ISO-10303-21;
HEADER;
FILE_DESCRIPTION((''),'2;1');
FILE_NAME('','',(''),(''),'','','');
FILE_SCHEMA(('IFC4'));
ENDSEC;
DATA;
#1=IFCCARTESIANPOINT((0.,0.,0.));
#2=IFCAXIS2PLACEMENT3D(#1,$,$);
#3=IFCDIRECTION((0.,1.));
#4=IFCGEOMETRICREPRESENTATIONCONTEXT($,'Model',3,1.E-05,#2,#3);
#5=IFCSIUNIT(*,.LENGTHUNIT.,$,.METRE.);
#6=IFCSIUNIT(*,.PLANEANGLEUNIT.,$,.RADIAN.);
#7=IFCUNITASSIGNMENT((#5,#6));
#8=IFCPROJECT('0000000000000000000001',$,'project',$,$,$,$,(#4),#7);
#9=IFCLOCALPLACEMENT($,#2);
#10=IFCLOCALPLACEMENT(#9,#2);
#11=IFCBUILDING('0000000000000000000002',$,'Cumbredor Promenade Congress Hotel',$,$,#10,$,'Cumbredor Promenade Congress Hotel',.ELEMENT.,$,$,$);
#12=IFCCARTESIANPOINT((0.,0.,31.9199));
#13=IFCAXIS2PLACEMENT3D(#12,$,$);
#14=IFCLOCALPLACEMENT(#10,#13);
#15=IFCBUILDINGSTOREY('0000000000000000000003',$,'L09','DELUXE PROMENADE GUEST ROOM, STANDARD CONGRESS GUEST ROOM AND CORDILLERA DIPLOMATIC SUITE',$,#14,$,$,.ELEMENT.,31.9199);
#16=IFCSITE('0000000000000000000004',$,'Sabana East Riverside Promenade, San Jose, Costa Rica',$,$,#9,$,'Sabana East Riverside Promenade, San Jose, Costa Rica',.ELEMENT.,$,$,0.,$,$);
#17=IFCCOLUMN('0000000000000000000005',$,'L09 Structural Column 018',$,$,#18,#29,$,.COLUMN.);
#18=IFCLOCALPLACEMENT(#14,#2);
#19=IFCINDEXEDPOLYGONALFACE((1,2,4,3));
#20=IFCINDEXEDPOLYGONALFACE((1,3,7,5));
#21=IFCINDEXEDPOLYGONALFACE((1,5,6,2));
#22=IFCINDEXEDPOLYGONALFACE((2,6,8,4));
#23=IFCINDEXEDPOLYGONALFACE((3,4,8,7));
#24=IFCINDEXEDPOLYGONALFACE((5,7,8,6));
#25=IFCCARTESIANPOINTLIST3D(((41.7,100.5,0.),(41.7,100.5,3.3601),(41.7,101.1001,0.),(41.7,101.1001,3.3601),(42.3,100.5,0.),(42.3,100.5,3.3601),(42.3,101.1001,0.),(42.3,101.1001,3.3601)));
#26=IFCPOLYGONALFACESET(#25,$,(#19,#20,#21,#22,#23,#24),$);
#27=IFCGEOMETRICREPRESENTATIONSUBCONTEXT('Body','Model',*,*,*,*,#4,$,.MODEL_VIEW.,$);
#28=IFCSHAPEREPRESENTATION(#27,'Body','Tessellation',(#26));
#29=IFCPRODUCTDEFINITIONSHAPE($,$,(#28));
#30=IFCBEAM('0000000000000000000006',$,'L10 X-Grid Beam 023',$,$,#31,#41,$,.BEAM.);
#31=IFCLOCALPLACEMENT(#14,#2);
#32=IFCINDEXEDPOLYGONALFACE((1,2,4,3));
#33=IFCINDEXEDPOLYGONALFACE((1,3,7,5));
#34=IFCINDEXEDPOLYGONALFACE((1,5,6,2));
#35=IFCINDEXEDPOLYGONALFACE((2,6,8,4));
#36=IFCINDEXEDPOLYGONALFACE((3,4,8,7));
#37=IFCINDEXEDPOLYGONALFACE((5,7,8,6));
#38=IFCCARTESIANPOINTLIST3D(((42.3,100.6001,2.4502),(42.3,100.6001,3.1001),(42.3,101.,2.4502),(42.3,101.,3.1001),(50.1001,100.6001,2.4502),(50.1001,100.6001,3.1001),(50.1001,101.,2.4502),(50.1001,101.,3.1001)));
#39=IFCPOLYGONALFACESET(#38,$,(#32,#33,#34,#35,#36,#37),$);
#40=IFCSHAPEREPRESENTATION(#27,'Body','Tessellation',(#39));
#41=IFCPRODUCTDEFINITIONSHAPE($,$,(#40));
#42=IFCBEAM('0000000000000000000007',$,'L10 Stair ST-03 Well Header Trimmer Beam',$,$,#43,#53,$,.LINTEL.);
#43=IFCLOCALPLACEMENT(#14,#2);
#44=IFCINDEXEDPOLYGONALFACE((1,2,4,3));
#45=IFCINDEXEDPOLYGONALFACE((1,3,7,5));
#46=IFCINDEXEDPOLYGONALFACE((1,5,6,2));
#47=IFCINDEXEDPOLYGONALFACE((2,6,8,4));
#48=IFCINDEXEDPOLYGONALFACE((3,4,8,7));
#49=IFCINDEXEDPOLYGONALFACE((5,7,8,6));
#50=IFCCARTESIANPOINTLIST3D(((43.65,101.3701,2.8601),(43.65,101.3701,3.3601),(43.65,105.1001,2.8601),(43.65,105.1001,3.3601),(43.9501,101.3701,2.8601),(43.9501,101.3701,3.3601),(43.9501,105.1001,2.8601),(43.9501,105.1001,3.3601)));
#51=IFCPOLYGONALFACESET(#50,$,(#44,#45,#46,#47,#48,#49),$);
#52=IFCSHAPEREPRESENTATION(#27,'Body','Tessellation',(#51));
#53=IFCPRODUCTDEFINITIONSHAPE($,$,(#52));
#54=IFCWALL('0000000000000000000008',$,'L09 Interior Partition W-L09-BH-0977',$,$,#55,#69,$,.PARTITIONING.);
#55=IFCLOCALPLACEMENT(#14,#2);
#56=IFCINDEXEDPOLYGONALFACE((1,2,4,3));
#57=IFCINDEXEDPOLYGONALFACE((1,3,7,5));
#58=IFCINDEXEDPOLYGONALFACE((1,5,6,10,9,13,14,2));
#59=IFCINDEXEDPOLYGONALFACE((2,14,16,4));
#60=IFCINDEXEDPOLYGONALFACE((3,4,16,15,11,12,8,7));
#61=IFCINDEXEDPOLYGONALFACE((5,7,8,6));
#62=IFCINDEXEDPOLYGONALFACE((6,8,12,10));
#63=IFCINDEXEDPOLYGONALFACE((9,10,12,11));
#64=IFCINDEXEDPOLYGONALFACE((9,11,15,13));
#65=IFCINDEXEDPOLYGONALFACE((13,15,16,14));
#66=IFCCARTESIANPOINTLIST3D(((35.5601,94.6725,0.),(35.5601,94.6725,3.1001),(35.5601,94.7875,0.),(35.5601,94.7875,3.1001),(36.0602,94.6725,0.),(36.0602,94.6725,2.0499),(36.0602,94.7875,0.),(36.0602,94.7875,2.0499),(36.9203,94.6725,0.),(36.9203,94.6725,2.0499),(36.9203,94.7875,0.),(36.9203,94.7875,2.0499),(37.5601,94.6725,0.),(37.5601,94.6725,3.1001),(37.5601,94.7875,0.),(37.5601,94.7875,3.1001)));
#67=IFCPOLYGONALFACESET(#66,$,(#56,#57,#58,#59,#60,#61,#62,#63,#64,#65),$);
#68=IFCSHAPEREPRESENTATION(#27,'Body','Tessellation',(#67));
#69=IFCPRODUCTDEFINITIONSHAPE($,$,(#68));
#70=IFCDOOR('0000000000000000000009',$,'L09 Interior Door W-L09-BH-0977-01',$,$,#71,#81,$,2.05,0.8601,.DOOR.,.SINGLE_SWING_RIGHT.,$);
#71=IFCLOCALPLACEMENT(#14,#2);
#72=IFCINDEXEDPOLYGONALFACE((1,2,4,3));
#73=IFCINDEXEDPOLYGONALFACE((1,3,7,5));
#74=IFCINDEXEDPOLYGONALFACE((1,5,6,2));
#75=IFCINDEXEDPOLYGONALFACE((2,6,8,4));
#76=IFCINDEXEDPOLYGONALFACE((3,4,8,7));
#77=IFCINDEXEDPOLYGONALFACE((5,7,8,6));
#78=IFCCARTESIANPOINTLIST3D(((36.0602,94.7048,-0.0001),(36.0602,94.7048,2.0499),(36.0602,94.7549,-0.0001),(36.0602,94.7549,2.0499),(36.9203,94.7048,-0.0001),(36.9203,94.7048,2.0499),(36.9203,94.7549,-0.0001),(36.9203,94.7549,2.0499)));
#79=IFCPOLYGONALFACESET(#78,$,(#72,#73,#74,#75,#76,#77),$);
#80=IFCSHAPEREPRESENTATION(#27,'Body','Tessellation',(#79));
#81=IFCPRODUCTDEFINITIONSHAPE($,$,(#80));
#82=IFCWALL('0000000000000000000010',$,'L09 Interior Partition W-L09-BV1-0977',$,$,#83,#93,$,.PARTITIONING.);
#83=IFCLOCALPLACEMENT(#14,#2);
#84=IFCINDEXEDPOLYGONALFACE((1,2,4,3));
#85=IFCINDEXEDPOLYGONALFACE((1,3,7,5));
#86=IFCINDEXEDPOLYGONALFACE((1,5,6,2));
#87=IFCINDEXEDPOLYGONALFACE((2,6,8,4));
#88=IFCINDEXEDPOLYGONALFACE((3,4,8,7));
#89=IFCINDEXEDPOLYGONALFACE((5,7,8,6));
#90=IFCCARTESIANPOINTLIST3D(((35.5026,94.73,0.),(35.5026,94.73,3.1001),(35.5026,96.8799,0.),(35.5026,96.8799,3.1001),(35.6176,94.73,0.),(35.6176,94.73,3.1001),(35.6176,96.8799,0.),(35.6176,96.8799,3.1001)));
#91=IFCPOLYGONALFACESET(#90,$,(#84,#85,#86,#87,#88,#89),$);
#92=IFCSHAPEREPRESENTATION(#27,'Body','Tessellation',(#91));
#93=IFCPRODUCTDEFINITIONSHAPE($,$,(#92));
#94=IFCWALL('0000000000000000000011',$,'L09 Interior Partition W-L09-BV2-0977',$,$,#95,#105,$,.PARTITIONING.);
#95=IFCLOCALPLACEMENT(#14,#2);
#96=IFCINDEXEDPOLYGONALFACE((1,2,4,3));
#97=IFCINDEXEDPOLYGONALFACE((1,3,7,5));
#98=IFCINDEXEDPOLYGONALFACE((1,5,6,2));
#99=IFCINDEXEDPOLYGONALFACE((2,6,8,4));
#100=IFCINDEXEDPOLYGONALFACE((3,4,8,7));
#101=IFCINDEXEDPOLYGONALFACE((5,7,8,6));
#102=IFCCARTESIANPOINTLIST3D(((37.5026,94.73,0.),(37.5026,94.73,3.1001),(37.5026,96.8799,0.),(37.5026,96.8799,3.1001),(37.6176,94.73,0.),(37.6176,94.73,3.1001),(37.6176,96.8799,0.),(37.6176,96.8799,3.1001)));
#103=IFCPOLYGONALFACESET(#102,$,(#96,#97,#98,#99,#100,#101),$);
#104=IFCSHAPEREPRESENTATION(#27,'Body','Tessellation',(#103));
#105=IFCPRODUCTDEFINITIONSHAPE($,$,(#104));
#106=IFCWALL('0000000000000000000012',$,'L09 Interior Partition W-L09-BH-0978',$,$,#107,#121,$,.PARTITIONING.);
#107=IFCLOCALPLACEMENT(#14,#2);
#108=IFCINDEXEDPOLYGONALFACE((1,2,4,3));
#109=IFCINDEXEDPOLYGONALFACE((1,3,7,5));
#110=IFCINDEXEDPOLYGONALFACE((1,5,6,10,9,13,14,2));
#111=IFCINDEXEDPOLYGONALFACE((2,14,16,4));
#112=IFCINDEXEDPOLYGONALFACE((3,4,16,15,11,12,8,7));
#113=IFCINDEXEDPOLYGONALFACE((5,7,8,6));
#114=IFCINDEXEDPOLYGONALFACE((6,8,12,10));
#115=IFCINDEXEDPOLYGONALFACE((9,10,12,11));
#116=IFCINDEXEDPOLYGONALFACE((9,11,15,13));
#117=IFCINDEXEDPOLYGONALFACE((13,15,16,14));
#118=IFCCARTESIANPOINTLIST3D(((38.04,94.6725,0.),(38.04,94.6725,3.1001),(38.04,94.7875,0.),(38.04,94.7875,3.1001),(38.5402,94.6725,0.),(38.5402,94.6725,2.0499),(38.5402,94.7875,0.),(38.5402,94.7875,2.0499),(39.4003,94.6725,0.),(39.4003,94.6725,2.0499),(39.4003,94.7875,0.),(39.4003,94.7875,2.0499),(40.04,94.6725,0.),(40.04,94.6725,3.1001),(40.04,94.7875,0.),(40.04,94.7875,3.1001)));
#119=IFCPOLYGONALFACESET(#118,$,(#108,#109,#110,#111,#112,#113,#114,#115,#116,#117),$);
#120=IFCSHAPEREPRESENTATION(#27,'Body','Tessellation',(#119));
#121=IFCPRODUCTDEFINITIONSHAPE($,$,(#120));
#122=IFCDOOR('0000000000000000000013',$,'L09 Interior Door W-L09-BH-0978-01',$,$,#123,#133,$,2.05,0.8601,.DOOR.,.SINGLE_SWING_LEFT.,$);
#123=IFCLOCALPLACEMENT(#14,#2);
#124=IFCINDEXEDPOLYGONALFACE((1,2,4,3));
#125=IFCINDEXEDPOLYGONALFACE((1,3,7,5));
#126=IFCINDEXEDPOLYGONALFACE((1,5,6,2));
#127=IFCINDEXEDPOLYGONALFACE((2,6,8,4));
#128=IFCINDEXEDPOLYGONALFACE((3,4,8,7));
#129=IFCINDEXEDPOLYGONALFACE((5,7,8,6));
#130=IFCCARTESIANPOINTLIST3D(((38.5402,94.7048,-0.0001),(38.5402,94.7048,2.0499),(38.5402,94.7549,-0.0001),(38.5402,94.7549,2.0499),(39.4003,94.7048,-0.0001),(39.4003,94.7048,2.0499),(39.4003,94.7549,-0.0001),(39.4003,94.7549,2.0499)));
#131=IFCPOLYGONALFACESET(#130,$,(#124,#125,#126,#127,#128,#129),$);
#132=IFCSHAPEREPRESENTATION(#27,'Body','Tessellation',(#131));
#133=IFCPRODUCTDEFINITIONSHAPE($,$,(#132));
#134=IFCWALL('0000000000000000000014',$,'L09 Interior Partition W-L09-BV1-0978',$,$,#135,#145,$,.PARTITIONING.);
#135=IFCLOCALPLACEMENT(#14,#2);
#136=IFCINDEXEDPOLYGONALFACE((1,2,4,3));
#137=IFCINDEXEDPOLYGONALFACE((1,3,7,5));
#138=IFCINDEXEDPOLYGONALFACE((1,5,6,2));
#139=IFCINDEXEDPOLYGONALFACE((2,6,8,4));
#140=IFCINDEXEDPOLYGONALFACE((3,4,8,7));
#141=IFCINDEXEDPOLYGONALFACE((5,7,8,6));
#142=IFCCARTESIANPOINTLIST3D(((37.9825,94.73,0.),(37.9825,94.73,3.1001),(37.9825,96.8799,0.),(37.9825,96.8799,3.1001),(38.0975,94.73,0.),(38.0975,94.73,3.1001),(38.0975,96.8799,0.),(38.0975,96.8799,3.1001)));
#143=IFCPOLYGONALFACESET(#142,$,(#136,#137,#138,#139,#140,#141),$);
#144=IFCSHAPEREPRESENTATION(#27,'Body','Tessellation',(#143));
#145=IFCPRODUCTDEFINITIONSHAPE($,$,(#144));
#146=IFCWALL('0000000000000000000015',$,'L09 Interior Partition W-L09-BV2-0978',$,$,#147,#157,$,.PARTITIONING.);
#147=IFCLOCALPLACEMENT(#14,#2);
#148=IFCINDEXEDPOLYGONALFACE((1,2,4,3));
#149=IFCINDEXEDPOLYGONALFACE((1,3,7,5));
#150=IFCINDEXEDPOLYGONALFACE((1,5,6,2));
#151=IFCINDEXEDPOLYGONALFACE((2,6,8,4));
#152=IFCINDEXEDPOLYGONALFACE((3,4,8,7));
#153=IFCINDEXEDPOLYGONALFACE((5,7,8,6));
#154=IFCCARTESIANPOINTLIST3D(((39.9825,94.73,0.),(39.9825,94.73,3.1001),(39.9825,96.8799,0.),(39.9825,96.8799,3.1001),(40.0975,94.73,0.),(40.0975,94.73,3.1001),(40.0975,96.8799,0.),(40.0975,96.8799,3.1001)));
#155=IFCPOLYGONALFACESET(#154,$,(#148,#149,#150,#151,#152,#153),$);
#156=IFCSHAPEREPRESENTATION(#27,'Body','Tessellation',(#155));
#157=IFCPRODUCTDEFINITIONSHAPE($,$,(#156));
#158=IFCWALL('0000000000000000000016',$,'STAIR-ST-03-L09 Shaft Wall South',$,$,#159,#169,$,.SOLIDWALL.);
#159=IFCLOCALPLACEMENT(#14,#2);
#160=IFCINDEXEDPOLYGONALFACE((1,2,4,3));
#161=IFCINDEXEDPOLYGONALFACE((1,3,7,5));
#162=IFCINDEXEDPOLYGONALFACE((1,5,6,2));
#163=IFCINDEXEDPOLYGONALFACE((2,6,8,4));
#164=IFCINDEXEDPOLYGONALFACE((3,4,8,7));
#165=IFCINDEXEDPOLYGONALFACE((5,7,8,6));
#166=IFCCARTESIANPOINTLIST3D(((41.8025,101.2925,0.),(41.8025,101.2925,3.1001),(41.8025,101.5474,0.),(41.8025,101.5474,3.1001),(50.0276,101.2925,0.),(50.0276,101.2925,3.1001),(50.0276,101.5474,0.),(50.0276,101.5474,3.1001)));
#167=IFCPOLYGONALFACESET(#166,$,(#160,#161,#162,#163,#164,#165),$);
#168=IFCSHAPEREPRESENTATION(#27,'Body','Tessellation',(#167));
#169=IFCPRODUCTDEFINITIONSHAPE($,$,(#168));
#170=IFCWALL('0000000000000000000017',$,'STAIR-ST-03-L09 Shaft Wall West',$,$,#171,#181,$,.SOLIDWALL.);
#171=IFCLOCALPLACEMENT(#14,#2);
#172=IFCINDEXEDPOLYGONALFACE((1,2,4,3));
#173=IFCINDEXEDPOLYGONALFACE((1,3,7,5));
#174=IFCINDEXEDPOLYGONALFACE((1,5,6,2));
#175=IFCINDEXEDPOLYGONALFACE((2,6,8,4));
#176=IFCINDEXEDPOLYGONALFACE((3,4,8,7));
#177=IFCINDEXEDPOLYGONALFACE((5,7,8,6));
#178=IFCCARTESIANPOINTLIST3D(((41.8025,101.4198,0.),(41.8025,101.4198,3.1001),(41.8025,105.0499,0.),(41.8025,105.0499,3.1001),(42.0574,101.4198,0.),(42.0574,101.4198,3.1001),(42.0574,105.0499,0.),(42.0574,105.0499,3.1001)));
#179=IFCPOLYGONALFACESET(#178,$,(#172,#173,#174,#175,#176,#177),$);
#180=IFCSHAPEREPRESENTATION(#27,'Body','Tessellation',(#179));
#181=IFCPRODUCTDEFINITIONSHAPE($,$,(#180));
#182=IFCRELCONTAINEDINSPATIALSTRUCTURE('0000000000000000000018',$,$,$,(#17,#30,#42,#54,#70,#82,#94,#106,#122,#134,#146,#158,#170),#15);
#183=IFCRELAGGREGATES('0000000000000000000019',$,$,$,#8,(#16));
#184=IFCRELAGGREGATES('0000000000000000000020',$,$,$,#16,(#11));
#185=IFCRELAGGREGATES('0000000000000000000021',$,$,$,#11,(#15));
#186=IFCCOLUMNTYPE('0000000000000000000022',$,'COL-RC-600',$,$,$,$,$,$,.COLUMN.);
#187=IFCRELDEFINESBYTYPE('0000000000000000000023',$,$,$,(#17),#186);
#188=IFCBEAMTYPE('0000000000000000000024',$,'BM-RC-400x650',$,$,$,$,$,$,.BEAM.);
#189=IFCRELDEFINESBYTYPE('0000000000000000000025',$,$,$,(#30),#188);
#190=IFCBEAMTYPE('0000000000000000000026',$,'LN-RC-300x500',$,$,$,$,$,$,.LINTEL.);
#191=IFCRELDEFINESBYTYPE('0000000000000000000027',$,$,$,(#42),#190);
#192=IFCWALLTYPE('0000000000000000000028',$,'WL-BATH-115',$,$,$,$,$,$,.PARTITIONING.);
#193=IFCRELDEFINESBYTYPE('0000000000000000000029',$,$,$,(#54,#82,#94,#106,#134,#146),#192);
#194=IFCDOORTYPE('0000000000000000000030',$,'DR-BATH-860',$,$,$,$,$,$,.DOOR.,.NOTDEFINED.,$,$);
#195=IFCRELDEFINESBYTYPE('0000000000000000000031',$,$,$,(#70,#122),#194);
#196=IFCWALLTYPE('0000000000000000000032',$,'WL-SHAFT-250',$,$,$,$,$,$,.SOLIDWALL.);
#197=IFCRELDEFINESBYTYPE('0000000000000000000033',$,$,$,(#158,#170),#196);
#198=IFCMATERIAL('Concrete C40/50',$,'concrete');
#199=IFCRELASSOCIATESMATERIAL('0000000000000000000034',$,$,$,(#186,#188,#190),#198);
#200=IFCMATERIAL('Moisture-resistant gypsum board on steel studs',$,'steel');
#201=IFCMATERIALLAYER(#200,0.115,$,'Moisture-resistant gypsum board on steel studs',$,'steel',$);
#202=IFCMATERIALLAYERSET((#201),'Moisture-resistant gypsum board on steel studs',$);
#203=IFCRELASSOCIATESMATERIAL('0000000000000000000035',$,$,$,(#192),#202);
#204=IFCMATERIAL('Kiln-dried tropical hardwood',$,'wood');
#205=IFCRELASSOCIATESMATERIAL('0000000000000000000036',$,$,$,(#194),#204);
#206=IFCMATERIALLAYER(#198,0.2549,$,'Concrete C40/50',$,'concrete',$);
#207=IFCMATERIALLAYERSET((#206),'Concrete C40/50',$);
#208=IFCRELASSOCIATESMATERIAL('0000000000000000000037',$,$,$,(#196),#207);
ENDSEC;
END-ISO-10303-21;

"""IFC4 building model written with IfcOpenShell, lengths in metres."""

from ifc_helpers import new_model, si_unit, direction, frame, frame_2d, origin, origin_2d, place, context, subcontext, project, spatial, rectangle, extrude, material, layer, layer_set, material_profile, profile_set, type_object, element, fill, save


model = new_model("IFC4")

# Units and contexts
model_context = context("Model", 3, precision=1e-05, world=origin(), true_north=direction((0.0, 1.0)))
body_context = subcontext(model_context, "Body", "Model", "MODEL_VIEW")
ifc_project = project(units=[si_unit("LENGTHUNIT", "METRE"), si_unit("PLANEANGLEUNIT", "RADIAN")], contexts=[model_context])

# Site, building, storey
site_placement = place(None, origin())
site = spatial("IfcSite", under=ifc_project, at=site_placement, Name="Sabana East Riverside Promenade, San Jose, Costa Rica", LongName="Sabana East Riverside Promenade, San Jose, Costa Rica", CompositionType="ELEMENT", RefElevation=0.0)
building_placement = place(site_placement, origin())
building = spatial("IfcBuilding", under=site, at=building_placement, Name="Cumbredor Promenade Congress Hotel", LongName="Cumbredor Promenade Congress Hotel", CompositionType="ELEMENT")
storey_placement = place(building_placement, frame((0.0, 0.0, 31.9199)))
storey = spatial("IfcBuildingStorey", under=building, at=storey_placement, Name="L09", Description="DELUXE PROMENADE GUEST ROOM, STANDARD CONGRESS GUEST ROOM AND CORDILLERA DIPLOMATIC SUITE", CompositionType="ELEMENT", Elevation=31.9199)

# Column
ifc_material_1 = material(Name="Concrete C40/50", Category="concrete")
ifc_material_profile_1 = material_profile(ifc_material_1, rectangle(XDim=0.6001, YDim=0.6001, at=origin_2d()), Name="RC 600x600")
ifc_profile_set_1 = profile_set([ifc_material_profile_1], Name="Concrete C40/50")
column_type = type_object("IfcColumnType", Name="COL-RC-600", PredefinedType="COLUMN", material=ifc_profile_set_1)
column_placement = place(storey_placement, frame((42.0, 100.8, 0.0), z_axis=(0.0, 0.0, 1.0), x_axis=(1.0, 0.0, 0.0)))
element("IfcColumn", 1, at=column_placement, inside=storey, type_object=column_type, Name="L09 Structural Column 018", PredefinedType="COLUMN", context=body_context, shape_type="SweptSolid", body=[
    extrude(rectangle(XDim=0.6001, YDim=0.6001, at=origin_2d()), origin(), (0.0, 0.0, 1.0), 3.3601),
])

# Beams
ifc_material_profile_2 = material_profile(ifc_material_1, rectangle(XDim=0.3999, YDim=0.6499, at=origin_2d()), Name="RC BEAM 400x650")
ifc_profile_set_2 = profile_set([ifc_material_profile_2], Name="Concrete C40/50")
beam_type_1 = type_object("IfcBeamType", Name="BM-RC-400x650", PredefinedType="BEAM", material=ifc_profile_set_2)
beam_1_placement = place(storey_placement, frame((42.3, 100.8, 2.7751), z_axis=(1.0, 0.0, 0.0), x_axis=(0.0, 1.0, 0.0)))
element("IfcBeam", 2, at=beam_1_placement, inside=storey, type_object=beam_type_1, Name="L10 X-Grid Beam 023", PredefinedType="BEAM", context=body_context, shape_type="SweptSolid", body=[
    extrude(rectangle(XDim=0.3999, YDim=0.6499, at=origin_2d()), origin(), (0.0, 0.0, 1.0), 7.8),
])
ifc_material_profile_3 = material_profile(ifc_material_1, rectangle(XDim=0.3, YDim=0.5, at=origin_2d()), Name="RC LINTEL 300x500")
ifc_profile_set_3 = profile_set([ifc_material_profile_3], Name="Concrete C40/50")
beam_type_2 = type_object("IfcBeamType", Name="LN-RC-300x500", PredefinedType="LINTEL", material=ifc_profile_set_3)
beam_2_placement = place(storey_placement, frame((43.8, 101.3701, 3.1101), z_axis=(0.0, 1.0, 0.0), x_axis=(-1.0, 0.0, 0.0)))
element("IfcBeam", 3, at=beam_2_placement, inside=storey, type_object=beam_type_2, Name="L10 Stair ST-03 Well Header Trimmer Beam", PredefinedType="LINTEL", context=body_context, shape_type="SweptSolid", body=[
    extrude(rectangle(XDim=0.3, YDim=0.5, at=origin_2d()), origin(), (0.0, 0.0, 1.0), 3.73),
])

# Wall, opening, door
ifc_material_2 = material(Name="Moisture-resistant gypsum board on steel studs", Category="steel")
ifc_layer_1 = layer(ifc_material_2, 0.115, Name="Moisture-resistant gypsum board on steel studs", Category="steel")
ifc_layer_set_1 = layer_set([ifc_layer_1], Name="Moisture-resistant gypsum board on steel studs")
wall_type_1 = type_object("IfcWallType", Name="WL-BATH-115", PredefinedType="PARTITIONING", material=ifc_layer_set_1)
wall_1_placement = place(storey_placement, frame((35.5601, 94.73, 0.0), z_axis=(0.0, 0.0, 1.0), x_axis=(1.0, 0.0, 0.0)))
wall_1 = element("IfcWall", 4, at=wall_1_placement, inside=storey, type_object=wall_type_1, Name="L09 Interior Partition W-L09-BH-0977", PredefinedType="PARTITIONING", context=body_context, shape_type="SweptSolid", body=[
    extrude(rectangle(XDim=2.0, YDim=0.115, at=frame_2d((1.0, 0.0))), origin(), (0.0, 0.0, 1.0), 3.1001),
])
opening_1_placement = place(wall_1_placement, frame((0.5, 0.0, 0.0)))
opening_1 = element("IfcOpeningElement", 5, at=opening_1_placement, cuts=wall_1, PredefinedType="OPENING", context=body_context, shape_type="SweptSolid", body=[
    extrude(rectangle(XDim=0.8601, YDim=2.05, at=frame_2d((0.4302, 1.0249))), frame((0.0, 0.0674, 0.0), z_axis=(0.0, -1.0, 0.0), x_axis=(1.0, 0.0, 0.0)), (0.0, 0.0, 1.0), 0.135),
])
ifc_material_3 = material(Name="Kiln-dried tropical hardwood", Category="wood")
door_type = type_object("IfcDoorType", Name="DR-BATH-860", OperationType="NOTDEFINED", PredefinedType="DOOR", material=ifc_material_3)
door_1_placement = place(opening_1_placement, origin())
door_1 = element("IfcDoor", 6, at=door_1_placement, inside=storey, type_object=door_type, Name="L09 Interior Door W-L09-BH-0977-01", OperationType="SINGLE_SWING_RIGHT", OverallHeight=2.05, OverallWidth=0.8601, PredefinedType="DOOR", context=body_context, shape_type="SweptSolid", body=[
    extrude(rectangle(XDim=0.8601, YDim=2.05, at=frame_2d((0.4302, 1.0249))), frame((0.0, 0.0249, 0.0), z_axis=(0.0, -1.0, 0.0), x_axis=(1.0, 0.0, 0.0)), (0.0, 0.0, 1.0), 0.05),
])
fill(opening_1, door_1)

# Walls
for number, where, z_axis, x_axis, name in (
    (7, (35.5601, 94.73, 0.0), (0.0, 0.0, 1.0), (0.0, 1.0, 0.0), "L09 Interior Partition W-L09-BV1-0977"),
    (8, (37.5601, 94.73, 0.0), (0.0, 0.0, 1.0), (0.0, 1.0, 0.0), "L09 Interior Partition W-L09-BV2-0977"),
):
    element("IfcWall", number, at=place(storey_placement, frame(where, z_axis=z_axis, x_axis=x_axis)), inside=storey, type_object=wall_type_1, Name=name, PredefinedType="PARTITIONING", context=body_context, shape_type="SweptSolid", body=[
        extrude(rectangle(XDim=2.1499, YDim=0.115, at=frame_2d((1.075, 0.0))), origin(), (0.0, 0.0, 1.0), 3.1001),
    ])

# Wall, opening, door
wall_2_placement = place(storey_placement, frame((38.04, 94.73, 0.0), z_axis=(0.0, 0.0, 1.0), x_axis=(1.0, 0.0, 0.0)))
wall_2 = element("IfcWall", 9, at=wall_2_placement, inside=storey, type_object=wall_type_1, Name="L09 Interior Partition W-L09-BH-0978", PredefinedType="PARTITIONING", context=body_context, shape_type="SweptSolid", body=[
    extrude(rectangle(XDim=2.0, YDim=0.115, at=frame_2d((1.0, 0.0))), origin(), (0.0, 0.0, 1.0), 3.1001),
])
opening_2_placement = place(wall_2_placement, frame((0.5, 0.0, 0.0)))
opening_2 = element("IfcOpeningElement", 10, at=opening_2_placement, cuts=wall_2, PredefinedType="OPENING", context=body_context, shape_type="SweptSolid", body=[
    extrude(rectangle(XDim=0.8601, YDim=2.05, at=frame_2d((0.4302, 1.0249))), frame((0.0, 0.0674, 0.0), z_axis=(0.0, -1.0, 0.0), x_axis=(1.0, 0.0, 0.0)), (0.0, 0.0, 1.0), 0.135),
])
door_2_placement = place(opening_2_placement, origin())
door_2 = element("IfcDoor", 11, at=door_2_placement, inside=storey, type_object=door_type, Name="L09 Interior Door W-L09-BH-0978-01", OperationType="SINGLE_SWING_LEFT", OverallHeight=2.05, OverallWidth=0.8601, PredefinedType="DOOR", context=body_context, shape_type="SweptSolid", body=[
    extrude(rectangle(XDim=0.8601, YDim=2.05, at=frame_2d((0.4302, 1.0249))), frame((0.0, 0.0249, 0.0), z_axis=(0.0, -1.0, 0.0), x_axis=(1.0, 0.0, 0.0)), (0.0, 0.0, 1.0), 0.05),
])
fill(opening_2, door_2)

# Walls
for number, where, z_axis, x_axis, name in (
    (12, (38.04, 94.73, 0.0), (0.0, 0.0, 1.0), (0.0, 1.0, 0.0), "L09 Interior Partition W-L09-BV1-0978"),
    (13, (40.04, 94.73, 0.0), (0.0, 0.0, 1.0), (0.0, 1.0, 0.0), "L09 Interior Partition W-L09-BV2-0978"),
):
    element("IfcWall", number, at=place(storey_placement, frame(where, z_axis=z_axis, x_axis=x_axis)), inside=storey, type_object=wall_type_1, Name=name, PredefinedType="PARTITIONING", context=body_context, shape_type="SweptSolid", body=[
        extrude(rectangle(XDim=2.1499, YDim=0.115, at=frame_2d((1.075, 0.0))), origin(), (0.0, 0.0, 1.0), 3.1001),
    ])
ifc_layer_2 = layer(ifc_material_1, 0.2549, Name="Concrete C40/50", Category="concrete")
ifc_layer_set_2 = layer_set([ifc_layer_2], Name="Concrete C40/50")
wall_type_2 = type_object("IfcWallType", Name="WL-SHAFT-250", PredefinedType="SOLIDWALL", material=ifc_layer_set_2)
wall_3_placement = place(storey_placement, frame((41.8025, 101.4199, 0.0), z_axis=(0.0, 0.0, 1.0), x_axis=(1.0, 0.0, 0.0)))
element("IfcWall", 14, at=wall_3_placement, inside=storey, type_object=wall_type_2, Name="STAIR-ST-03-L09 Shaft Wall South", PredefinedType="SOLIDWALL", context=body_context, shape_type="SweptSolid", body=[
    extrude(rectangle(XDim=8.2251, YDim=0.2549, at=frame_2d((4.1125, 0.0))), origin(), (0.0, 0.0, 1.0), 3.1001),
])
wall_4_placement = place(storey_placement, frame((41.9299, 101.4199, 0.0), z_axis=(0.0, 0.0, 1.0), x_axis=(0.0, 1.0, 0.0)))
element("IfcWall", 15, at=wall_4_placement, inside=storey, type_object=wall_type_2, Name="STAIR-ST-03-L09 Shaft Wall West", PredefinedType="SOLIDWALL", context=body_context, shape_type="SweptSolid", body=[
    extrude(rectangle(XDim=3.6301, YDim=0.2549, at=frame_2d((1.8149, 0.0))), origin(), (0.0, 0.0, 1.0), 3.1001),
])

save(model, "model.ifc")
